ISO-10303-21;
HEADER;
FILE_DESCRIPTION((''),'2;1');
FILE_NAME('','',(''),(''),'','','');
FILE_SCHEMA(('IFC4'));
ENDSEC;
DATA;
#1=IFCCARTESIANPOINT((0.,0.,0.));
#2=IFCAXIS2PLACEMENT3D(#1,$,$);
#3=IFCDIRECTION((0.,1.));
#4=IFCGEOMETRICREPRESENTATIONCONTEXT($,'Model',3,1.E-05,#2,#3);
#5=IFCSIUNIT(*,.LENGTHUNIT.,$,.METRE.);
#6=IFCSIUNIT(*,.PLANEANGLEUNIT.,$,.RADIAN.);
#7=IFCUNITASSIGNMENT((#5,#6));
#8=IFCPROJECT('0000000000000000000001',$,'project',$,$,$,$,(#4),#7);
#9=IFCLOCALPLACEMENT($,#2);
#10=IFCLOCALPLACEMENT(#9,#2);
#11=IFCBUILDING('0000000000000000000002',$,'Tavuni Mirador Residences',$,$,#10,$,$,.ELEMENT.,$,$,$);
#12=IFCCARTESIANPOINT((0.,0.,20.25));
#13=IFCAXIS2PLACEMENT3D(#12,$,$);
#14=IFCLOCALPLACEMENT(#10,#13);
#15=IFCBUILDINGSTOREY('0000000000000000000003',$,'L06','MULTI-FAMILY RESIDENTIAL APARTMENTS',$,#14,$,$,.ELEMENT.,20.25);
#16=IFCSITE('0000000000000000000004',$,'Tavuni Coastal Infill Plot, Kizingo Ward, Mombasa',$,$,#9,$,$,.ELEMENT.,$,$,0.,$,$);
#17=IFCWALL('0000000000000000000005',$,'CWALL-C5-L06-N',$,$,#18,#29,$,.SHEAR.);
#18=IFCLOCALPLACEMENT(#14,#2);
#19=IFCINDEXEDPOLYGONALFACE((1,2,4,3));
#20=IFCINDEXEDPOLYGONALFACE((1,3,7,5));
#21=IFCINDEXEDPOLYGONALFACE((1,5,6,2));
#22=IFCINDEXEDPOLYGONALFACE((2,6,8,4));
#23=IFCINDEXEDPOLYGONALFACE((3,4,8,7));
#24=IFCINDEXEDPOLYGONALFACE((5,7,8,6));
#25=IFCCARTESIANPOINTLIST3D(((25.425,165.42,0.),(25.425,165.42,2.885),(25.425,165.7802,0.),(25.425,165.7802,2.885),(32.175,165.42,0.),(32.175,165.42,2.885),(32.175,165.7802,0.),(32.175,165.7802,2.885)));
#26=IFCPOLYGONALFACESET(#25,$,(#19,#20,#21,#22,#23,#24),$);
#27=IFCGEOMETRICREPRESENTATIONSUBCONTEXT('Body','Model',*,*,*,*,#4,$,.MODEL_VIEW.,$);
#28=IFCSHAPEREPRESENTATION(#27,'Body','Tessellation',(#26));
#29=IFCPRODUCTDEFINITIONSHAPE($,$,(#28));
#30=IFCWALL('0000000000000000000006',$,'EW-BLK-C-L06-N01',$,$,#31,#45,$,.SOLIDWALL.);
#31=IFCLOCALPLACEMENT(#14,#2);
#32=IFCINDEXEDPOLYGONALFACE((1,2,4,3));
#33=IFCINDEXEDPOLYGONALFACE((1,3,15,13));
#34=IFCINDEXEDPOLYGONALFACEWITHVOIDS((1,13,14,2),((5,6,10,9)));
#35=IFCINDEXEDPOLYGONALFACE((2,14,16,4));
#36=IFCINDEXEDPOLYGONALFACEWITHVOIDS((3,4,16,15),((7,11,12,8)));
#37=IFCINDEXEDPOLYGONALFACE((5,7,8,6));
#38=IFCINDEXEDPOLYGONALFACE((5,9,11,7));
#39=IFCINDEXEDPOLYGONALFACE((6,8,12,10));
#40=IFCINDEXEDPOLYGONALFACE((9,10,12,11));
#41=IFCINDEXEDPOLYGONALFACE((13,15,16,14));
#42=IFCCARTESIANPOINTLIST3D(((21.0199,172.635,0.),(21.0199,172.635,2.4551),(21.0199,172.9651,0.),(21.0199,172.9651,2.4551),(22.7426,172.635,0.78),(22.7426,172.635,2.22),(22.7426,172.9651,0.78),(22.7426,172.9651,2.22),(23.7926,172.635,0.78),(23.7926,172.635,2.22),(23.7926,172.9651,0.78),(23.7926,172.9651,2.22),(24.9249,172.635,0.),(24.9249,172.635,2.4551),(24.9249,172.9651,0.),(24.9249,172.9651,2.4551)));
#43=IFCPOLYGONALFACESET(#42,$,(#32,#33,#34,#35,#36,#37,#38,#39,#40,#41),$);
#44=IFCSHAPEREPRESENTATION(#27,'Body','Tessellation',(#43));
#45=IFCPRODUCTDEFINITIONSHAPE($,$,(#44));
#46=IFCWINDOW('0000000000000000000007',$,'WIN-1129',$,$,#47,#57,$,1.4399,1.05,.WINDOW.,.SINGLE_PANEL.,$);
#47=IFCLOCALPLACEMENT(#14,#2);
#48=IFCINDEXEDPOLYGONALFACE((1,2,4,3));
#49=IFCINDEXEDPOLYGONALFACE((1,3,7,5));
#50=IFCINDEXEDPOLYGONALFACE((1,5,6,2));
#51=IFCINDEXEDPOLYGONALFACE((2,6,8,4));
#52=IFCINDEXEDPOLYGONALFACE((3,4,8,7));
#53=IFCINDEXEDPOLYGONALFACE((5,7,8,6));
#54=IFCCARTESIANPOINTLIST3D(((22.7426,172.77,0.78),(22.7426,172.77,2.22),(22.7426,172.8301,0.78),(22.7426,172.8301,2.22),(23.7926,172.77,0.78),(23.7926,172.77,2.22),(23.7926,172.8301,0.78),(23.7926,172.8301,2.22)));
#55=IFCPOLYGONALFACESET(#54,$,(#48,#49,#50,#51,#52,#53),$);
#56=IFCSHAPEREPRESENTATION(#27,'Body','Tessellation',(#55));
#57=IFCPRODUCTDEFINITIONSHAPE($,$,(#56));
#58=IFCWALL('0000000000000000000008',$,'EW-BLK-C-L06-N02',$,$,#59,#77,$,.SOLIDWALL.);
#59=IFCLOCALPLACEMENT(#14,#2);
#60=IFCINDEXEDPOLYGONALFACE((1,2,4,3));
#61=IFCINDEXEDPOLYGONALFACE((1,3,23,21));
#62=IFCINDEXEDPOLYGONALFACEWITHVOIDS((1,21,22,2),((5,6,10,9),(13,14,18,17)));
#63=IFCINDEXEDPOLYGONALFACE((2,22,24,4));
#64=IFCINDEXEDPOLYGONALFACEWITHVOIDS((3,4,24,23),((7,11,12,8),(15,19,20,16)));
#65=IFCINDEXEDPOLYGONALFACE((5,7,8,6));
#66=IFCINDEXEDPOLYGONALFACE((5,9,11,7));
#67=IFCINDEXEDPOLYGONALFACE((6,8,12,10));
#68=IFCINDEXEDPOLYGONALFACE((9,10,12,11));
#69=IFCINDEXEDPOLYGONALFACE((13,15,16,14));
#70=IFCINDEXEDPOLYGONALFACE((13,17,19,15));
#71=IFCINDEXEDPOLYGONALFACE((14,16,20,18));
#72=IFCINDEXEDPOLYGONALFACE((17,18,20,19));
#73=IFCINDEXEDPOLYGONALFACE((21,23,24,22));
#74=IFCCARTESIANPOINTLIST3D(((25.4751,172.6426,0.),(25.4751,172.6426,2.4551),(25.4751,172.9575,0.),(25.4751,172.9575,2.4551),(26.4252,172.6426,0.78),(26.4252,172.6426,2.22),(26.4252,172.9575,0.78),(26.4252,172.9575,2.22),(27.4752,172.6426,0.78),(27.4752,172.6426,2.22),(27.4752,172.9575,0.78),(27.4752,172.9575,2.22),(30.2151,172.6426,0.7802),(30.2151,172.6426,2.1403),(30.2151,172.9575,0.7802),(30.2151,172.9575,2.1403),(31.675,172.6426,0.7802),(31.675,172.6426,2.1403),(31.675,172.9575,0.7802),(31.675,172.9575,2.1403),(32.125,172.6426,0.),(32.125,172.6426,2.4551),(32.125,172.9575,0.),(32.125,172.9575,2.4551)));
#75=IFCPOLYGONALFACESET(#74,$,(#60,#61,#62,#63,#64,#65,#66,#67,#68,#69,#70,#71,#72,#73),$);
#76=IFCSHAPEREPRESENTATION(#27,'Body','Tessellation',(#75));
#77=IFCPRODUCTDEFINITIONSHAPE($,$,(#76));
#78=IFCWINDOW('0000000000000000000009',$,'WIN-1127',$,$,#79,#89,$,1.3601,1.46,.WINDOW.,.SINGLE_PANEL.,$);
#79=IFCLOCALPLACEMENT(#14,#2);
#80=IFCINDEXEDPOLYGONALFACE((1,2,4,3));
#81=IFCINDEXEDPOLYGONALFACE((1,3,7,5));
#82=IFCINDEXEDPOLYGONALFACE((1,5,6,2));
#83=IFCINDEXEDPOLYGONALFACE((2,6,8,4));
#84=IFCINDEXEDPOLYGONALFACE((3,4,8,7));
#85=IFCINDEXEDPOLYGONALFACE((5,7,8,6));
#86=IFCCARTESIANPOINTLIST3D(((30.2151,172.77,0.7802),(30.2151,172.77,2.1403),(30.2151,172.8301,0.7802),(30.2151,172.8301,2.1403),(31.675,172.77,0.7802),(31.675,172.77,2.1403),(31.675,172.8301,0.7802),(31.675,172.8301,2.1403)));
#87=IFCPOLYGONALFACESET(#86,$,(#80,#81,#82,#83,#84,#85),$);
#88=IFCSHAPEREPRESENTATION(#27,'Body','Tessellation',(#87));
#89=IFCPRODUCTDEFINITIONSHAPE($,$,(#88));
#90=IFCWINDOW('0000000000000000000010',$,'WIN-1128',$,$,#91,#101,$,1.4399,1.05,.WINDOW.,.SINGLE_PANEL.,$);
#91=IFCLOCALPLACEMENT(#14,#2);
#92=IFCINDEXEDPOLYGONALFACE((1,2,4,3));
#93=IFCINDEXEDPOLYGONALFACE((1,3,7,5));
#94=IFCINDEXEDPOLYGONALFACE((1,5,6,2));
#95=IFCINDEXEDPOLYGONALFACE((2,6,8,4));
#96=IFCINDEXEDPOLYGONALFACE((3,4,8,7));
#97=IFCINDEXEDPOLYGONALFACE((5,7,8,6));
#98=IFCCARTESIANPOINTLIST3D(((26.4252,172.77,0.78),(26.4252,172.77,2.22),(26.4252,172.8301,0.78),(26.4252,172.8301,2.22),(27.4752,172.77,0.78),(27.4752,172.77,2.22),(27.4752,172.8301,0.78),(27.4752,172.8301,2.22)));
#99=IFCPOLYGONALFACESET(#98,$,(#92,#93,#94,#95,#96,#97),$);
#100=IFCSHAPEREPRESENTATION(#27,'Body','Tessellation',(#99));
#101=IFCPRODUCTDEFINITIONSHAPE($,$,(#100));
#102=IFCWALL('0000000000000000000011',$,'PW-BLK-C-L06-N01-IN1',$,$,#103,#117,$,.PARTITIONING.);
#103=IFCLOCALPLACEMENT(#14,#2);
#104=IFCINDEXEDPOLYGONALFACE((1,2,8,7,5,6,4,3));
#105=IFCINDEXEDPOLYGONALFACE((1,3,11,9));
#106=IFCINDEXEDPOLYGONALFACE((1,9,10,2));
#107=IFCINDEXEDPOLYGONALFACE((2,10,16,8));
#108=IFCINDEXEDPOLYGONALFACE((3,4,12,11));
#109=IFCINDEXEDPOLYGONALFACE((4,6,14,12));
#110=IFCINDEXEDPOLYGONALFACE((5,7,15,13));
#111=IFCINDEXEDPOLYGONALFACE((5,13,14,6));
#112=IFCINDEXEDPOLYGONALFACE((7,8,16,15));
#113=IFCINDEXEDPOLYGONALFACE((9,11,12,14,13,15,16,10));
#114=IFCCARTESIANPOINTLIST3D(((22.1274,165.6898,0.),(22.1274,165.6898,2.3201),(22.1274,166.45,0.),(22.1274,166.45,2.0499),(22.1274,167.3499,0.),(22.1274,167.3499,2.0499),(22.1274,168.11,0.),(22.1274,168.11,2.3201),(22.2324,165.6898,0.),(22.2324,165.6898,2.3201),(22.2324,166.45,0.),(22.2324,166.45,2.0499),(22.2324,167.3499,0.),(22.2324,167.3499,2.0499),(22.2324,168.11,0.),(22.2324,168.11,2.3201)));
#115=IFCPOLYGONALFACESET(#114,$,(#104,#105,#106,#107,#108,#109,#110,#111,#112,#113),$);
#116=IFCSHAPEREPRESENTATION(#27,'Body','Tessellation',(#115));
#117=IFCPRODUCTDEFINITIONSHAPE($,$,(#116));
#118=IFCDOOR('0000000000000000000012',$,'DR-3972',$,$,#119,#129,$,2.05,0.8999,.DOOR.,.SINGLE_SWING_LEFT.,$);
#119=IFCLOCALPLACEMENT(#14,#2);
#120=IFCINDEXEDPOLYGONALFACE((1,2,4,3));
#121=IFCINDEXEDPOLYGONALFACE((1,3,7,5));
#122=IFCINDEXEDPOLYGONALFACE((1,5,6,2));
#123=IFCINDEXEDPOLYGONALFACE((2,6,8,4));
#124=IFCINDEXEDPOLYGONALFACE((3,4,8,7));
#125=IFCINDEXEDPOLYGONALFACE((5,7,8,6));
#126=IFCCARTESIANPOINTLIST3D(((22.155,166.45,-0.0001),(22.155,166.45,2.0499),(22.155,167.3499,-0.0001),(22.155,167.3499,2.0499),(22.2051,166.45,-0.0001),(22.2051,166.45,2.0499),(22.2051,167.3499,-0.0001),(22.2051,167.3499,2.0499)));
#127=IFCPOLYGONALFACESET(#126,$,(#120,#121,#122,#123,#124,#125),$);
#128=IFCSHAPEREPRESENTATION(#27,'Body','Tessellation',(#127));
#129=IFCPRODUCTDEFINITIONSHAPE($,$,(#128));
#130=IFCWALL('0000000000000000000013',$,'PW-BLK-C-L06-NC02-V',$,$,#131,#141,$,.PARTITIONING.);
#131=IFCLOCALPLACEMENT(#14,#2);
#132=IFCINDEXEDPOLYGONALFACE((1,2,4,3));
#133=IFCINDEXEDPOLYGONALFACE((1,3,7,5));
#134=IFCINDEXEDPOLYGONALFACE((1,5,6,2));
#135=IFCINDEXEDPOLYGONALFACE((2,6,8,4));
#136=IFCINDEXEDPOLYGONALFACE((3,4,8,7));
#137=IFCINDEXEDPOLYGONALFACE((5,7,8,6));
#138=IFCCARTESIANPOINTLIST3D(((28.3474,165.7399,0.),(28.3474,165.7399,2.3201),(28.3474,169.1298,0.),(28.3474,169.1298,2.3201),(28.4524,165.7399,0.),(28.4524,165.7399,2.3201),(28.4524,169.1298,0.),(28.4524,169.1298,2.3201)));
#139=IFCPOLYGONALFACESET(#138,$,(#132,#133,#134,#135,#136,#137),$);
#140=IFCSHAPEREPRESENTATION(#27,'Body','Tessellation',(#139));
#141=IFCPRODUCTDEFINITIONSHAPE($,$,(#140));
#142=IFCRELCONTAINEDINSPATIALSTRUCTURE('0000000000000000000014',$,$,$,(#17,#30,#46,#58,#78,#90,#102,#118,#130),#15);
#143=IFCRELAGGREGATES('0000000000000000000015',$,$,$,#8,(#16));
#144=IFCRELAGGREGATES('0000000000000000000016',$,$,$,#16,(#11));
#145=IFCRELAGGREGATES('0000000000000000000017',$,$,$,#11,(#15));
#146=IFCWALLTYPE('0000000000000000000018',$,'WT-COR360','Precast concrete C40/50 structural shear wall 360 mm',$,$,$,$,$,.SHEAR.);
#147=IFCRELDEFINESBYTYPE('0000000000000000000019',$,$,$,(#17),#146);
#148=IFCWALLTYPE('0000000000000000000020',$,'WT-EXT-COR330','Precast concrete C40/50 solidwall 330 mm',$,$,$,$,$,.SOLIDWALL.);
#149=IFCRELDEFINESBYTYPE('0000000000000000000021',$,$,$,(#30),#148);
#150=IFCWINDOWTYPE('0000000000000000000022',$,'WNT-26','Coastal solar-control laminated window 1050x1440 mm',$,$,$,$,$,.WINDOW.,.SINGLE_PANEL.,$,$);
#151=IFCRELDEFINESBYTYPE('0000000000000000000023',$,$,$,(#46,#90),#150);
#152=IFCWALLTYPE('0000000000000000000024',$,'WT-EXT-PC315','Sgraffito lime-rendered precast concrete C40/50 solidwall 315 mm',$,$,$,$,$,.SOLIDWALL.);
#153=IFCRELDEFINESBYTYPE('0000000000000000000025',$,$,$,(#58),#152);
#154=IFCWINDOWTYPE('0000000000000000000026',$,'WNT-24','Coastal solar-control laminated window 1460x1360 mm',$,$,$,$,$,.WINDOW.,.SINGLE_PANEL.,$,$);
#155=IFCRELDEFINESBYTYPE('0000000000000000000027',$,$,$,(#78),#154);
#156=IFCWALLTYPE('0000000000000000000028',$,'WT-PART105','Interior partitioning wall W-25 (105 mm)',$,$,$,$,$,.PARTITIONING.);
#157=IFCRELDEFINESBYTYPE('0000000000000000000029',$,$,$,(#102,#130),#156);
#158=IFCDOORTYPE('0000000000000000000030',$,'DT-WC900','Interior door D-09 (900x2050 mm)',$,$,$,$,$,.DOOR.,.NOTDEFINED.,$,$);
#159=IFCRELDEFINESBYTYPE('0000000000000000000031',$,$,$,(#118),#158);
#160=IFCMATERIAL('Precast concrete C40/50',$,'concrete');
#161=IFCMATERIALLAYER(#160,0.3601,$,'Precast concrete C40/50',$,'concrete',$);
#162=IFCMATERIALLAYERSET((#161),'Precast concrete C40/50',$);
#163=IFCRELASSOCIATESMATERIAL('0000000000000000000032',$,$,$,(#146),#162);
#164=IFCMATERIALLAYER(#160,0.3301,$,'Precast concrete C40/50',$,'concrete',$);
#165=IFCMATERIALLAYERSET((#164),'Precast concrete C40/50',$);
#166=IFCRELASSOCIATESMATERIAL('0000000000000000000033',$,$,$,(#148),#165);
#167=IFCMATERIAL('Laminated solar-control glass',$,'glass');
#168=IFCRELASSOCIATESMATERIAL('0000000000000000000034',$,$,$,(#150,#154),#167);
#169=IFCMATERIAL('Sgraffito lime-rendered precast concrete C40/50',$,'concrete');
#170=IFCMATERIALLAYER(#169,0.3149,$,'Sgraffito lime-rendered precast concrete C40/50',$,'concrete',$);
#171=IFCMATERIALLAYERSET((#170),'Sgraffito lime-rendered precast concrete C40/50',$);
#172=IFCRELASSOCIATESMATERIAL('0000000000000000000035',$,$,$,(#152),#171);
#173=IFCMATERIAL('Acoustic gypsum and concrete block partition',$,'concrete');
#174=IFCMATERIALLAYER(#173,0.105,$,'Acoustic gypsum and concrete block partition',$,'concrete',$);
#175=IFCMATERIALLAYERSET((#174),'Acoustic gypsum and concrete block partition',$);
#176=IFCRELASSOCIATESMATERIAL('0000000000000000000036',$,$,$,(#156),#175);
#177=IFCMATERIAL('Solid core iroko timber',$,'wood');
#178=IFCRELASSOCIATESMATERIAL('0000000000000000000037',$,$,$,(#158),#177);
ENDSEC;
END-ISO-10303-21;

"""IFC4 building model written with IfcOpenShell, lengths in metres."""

from ifc_helpers import new_model, si_unit, direction, frame, frame_2d, origin, place, context, subcontext, project, spatial, rectangle, extrude, material, layer, layer_set, type_object, element, fill, save


model = new_model("IFC4")

# Units and contexts
model_context = context("Model", 3, precision=1e-05, world=origin(), true_north=direction((0.0, 1.0)))
body_context = subcontext(model_context, "Body", "Model", "MODEL_VIEW")
ifc_project = project(units=[si_unit("LENGTHUNIT", "METRE"), si_unit("PLANEANGLEUNIT", "RADIAN")], contexts=[model_context])

# Site, building, storey
site_placement = place(None, origin())
site = spatial("IfcSite", under=ifc_project, at=site_placement, Name="Tavuni Coastal Infill Plot, Kizingo Ward, Mombasa", CompositionType="ELEMENT", RefElevation=0.0)
building_placement = place(site_placement, origin())
building = spatial("IfcBuilding", under=site, at=building_placement, Name="Tavuni Mirador Residences", CompositionType="ELEMENT")
storey_placement = place(building_placement, frame((0.0, 0.0, 20.25)))
storey = spatial("IfcBuildingStorey", under=building, at=storey_placement, Name="L06", Description="MULTI-FAMILY RESIDENTIAL APARTMENTS", CompositionType="ELEMENT", Elevation=20.25)

# Shared definitions
ifc_material_1 = material(Name="Precast concrete C40/50", Category="concrete")

# Shared definitions
ifc_material_2 = material(Name="Laminated solar-control glass", Category="glass")

# Wall
ifc_layer_1 = layer(ifc_material_1, 0.3601, Name="Precast concrete C40/50", Category="concrete")
ifc_layer_set_1 = layer_set([ifc_layer_1], Name="Precast concrete C40/50")
wall_type_1 = type_object("IfcWallType", Name="WT-COR360", Description="Precast concrete C40/50 structural shear wall 360 mm", PredefinedType="SHEAR", material=ifc_layer_set_1)
wall_1_placement = place(storey_placement, frame((25.425, 165.6001, 0.0), z_axis=(0.0, 0.0, 1.0), x_axis=(1.0, 0.0, 0.0)))
element("IfcWall", 1, at=wall_1_placement, inside=storey, type_object=wall_type_1, Name="CWALL-C5-L06-N", PredefinedType="SHEAR", context=body_context, shape_type="SweptSolid", body=[
    extrude(rectangle(XDim=6.75, YDim=0.3601, at=frame_2d((3.375, 0.0))), origin(), (0.0, 0.0, 1.0), 2.885),
])

# Wall, opening, window
ifc_layer_2 = layer(ifc_material_1, 0.3301, Name="Precast concrete C40/50", Category="concrete")
ifc_layer_set_2 = layer_set([ifc_layer_2], Name="Precast concrete C40/50")
wall_type_2 = type_object("IfcWallType", Name="WT-EXT-COR330", Description="Precast concrete C40/50 solidwall 330 mm", PredefinedType="SOLIDWALL", material=ifc_layer_set_2)
wall_2_placement = place(storey_placement, frame((24.925, 172.8, 0.0), z_axis=(0.0, 0.0, 1.0), x_axis=(-1.0, 0.0, 0.0)))
wall_2 = element("IfcWall", 2, at=wall_2_placement, inside=storey, type_object=wall_type_2, Name="EW-BLK-C-L06-N01", PredefinedType="SOLIDWALL", context=body_context, shape_type="SweptSolid", body=[
    extrude(rectangle(XDim=3.905, YDim=0.3301, at=frame_2d((1.9526, 0.0))), origin(), (0.0, 0.0, 1.0), 2.4551),
])
opening_1_placement = place(wall_2_placement, frame((1.1326, 0.0, 0.78)))
opening_1 = element("IfcOpeningElement", 3, at=opening_1_placement, cuts=wall_2, PredefinedType="OPENING", context=body_context, shape_type="SweptSolid", body=[
    extrude(rectangle(XDim=1.05, YDim=1.4399, at=frame_2d((0.5249, 0.72))), frame((0.0, 0.175, 0.0), z_axis=(0.0, -1.0, 0.0), x_axis=(1.0, 0.0, 0.0)), (0.0, 0.0, 1.0), 0.3501),
])
window_type_1 = type_object("IfcWindowType", Name="WNT-26", Description="Coastal solar-control laminated window 1050x1440 mm", PartitioningType="SINGLE_PANEL", PredefinedType="WINDOW", material=ifc_material_2)
window_1_placement = place(opening_1_placement, origin())
window_1 = element("IfcWindow", 4, at=window_1_placement, inside=storey, type_object=window_type_1, Name="WIN-1129", OverallHeight=1.4399, OverallWidth=1.05, PartitioningType="SINGLE_PANEL", PredefinedType="WINDOW", context=body_context, shape_type="SweptSolid", body=[
    extrude(rectangle(XDim=1.05, YDim=1.4399, at=frame_2d((0.5249, 0.72))), frame((0.0, 0.03, 0.0), z_axis=(0.0, -1.0, 0.0), x_axis=(1.0, 0.0, 0.0)), (0.0, 0.0, 1.0), 0.0601),
])
fill(opening_1, window_1)

# Wall, openings, windows
ifc_material_3 = material(Name="Sgraffito lime-rendered precast concrete C40/50", Category="concrete")
ifc_layer_3 = layer(ifc_material_3, 0.3149, Name="Sgraffito lime-rendered precast concrete C40/50", Category="concrete")
ifc_layer_set_3 = layer_set([ifc_layer_3], Name="Sgraffito lime-rendered precast concrete C40/50")
wall_type_3 = type_object("IfcWallType", Name="WT-EXT-PC315", Description="Sgraffito lime-rendered precast concrete C40/50 solidwall 315 mm", PredefinedType="SOLIDWALL", material=ifc_layer_set_3)
wall_3_placement = place(storey_placement, frame((32.125, 172.8, 0.0), z_axis=(0.0, 0.0, 1.0), x_axis=(-1.0, 0.0, 0.0)))
wall_3 = element("IfcWall", 5, at=wall_3_placement, inside=storey, type_object=wall_type_3, Name="EW-BLK-C-L06-N02", PredefinedType="SOLIDWALL", context=body_context, shape_type="SweptSolid", body=[
    extrude(rectangle(XDim=6.6499, YDim=0.3149, at=frame_2d((3.325, 0.0))), origin(), (0.0, 0.0, 1.0), 2.4551),
])
opening_2_placement = place(wall_3_placement, frame((0.45, 0.0, 0.78)))
opening_2 = element("IfcOpeningElement", 6, at=opening_2_placement, cuts=wall_3, PredefinedType="OPENING", context=body_context, shape_type="SweptSolid", body=[
    extrude(rectangle(XDim=1.46, YDim=1.3601, at=frame_2d((0.73, 0.6802))), frame((0.0, 0.1675, 0.0), z_axis=(0.0, -1.0, 0.0), x_axis=(1.0, 0.0, 0.0)), (0.0, 0.0, 1.0), 0.335),
])
opening_3_placement = place(wall_3_placement, frame((4.6499, 0.0, 0.78)))
opening_3 = element("IfcOpeningElement", 7, at=opening_3_placement, cuts=wall_3, PredefinedType="OPENING", context=body_context, shape_type="SweptSolid", body=[
    extrude(rectangle(XDim=1.05, YDim=1.4399, at=frame_2d((0.5249, 0.72))), frame((0.0, 0.1675, 0.0), z_axis=(0.0, -1.0, 0.0), x_axis=(1.0, 0.0, 0.0)), (0.0, 0.0, 1.0), 0.335),
])
window_type_2 = type_object("IfcWindowType", Name="WNT-24", Description="Coastal solar-control laminated window 1460x1360 mm", PartitioningType="SINGLE_PANEL", PredefinedType="WINDOW", material=ifc_material_2)
window_2_placement = place(opening_2_placement, origin())
window_2 = element("IfcWindow", 8, at=window_2_placement, inside=storey, type_object=window_type_2, Name="WIN-1127", OverallHeight=1.3601, OverallWidth=1.46, PartitioningType="SINGLE_PANEL", PredefinedType="WINDOW", context=body_context, shape_type="SweptSolid", body=[
    extrude(rectangle(XDim=1.46, YDim=1.3601, at=frame_2d((0.73, 0.6802))), frame((0.0, 0.03, 0.0), z_axis=(0.0, -1.0, 0.0), x_axis=(1.0, 0.0, 0.0)), (0.0, 0.0, 1.0), 0.0601),
])
fill(opening_2, window_2)
window_3_placement = place(opening_3_placement, origin())
window_3 = element("IfcWindow", 9, at=window_3_placement, inside=storey, type_object=window_type_1, Name="WIN-1128", OverallHeight=1.4399, OverallWidth=1.05, PartitioningType="SINGLE_PANEL", PredefinedType="WINDOW", context=body_context, shape_type="SweptSolid", body=[
    extrude(rectangle(XDim=1.05, YDim=1.4399, at=frame_2d((0.5249, 0.72))), frame((0.0, 0.03, 0.0), z_axis=(0.0, -1.0, 0.0), x_axis=(1.0, 0.0, 0.0)), (0.0, 0.0, 1.0), 0.0601),
])
fill(opening_3, window_3)

# Wall, opening, door
ifc_material_4 = material(Name="Acoustic gypsum and concrete block partition", Category="concrete")
ifc_layer_4 = layer(ifc_material_4, 0.105, Name="Acoustic gypsum and concrete block partition", Category="concrete")
ifc_layer_set_4 = layer_set([ifc_layer_4], Name="Acoustic gypsum and concrete block partition")
wall_type_4 = type_object("IfcWallType", Name="WT-PART105", Description="Interior partitioning wall W-25 (105 mm)", PredefinedType="PARTITIONING", material=ifc_layer_set_4)
wall_4_placement = place(storey_placement, frame((22.1799, 165.6899, 0.0), z_axis=(0.0, 0.0, 1.0), x_axis=(0.0, 1.0, 0.0)))
wall_4 = element("IfcWall", 10, at=wall_4_placement, inside=storey, type_object=wall_type_4, Name="PW-BLK-C-L06-N01-IN1", PredefinedType="PARTITIONING", context=body_context, shape_type="SweptSolid", body=[
    extrude(rectangle(XDim=2.4202, YDim=0.105, at=frame_2d((1.21, 0.0))), origin(), (0.0, 0.0, 1.0), 2.3201),
])
opening_4_placement = place(wall_4_placement, frame((0.76, 0.0, 0.0)))
opening_4 = element("IfcOpeningElement", 11, at=opening_4_placement, cuts=wall_4, PredefinedType="OPENING", context=body_context, shape_type="SweptSolid", body=[
    extrude(rectangle(XDim=0.8999, YDim=2.05, at=frame_2d((0.45, 1.0249))), frame((0.0, 0.0625, 0.0), z_axis=(0.0, -1.0, 0.0), x_axis=(1.0, 0.0, 0.0)), (0.0, 0.0, 1.0), 0.125),
])
ifc_material_5 = material(Name="Solid core iroko timber", Category="wood")
door_type_1 = type_object("IfcDoorType", Name="DT-WC900", Description="Interior door D-09 (900x2050 mm)", OperationType="NOTDEFINED", PredefinedType="DOOR", material=ifc_material_5)
door_1_placement = place(opening_4_placement, origin())
door_1 = element("IfcDoor", 12, at=door_1_placement, inside=storey, type_object=door_type_1, Name="DR-3972", OperationType="SINGLE_SWING_LEFT", OverallHeight=2.05, OverallWidth=0.8999, PredefinedType="DOOR", context=body_context, shape_type="SweptSolid", body=[
    extrude(rectangle(XDim=0.8999, YDim=2.05, at=frame_2d((0.45, 1.0249))), frame((0.0, 0.0249, 0.0), z_axis=(0.0, -1.0, 0.0), x_axis=(1.0, 0.0, 0.0)), (0.0, 0.0, 1.0), 0.05),
])
fill(opening_4, door_1)

# Wall
wall_5_placement = place(storey_placement, frame((28.3999, 165.74, 0.0), z_axis=(0.0, 0.0, 1.0), x_axis=(0.0, 1.0, 0.0)))
element("IfcWall", 13, at=wall_5_placement, inside=storey, type_object=wall_type_4, Name="PW-BLK-C-L06-NC02-V", PredefinedType="PARTITIONING", context=body_context, shape_type="SweptSolid", body=[
    extrude(rectangle(XDim=3.3899, YDim=0.105, at=frame_2d((1.6948, 0.0))), origin(), (0.0, 0.0, 1.0), 2.3201),
])

save(model, "model.ifc")
